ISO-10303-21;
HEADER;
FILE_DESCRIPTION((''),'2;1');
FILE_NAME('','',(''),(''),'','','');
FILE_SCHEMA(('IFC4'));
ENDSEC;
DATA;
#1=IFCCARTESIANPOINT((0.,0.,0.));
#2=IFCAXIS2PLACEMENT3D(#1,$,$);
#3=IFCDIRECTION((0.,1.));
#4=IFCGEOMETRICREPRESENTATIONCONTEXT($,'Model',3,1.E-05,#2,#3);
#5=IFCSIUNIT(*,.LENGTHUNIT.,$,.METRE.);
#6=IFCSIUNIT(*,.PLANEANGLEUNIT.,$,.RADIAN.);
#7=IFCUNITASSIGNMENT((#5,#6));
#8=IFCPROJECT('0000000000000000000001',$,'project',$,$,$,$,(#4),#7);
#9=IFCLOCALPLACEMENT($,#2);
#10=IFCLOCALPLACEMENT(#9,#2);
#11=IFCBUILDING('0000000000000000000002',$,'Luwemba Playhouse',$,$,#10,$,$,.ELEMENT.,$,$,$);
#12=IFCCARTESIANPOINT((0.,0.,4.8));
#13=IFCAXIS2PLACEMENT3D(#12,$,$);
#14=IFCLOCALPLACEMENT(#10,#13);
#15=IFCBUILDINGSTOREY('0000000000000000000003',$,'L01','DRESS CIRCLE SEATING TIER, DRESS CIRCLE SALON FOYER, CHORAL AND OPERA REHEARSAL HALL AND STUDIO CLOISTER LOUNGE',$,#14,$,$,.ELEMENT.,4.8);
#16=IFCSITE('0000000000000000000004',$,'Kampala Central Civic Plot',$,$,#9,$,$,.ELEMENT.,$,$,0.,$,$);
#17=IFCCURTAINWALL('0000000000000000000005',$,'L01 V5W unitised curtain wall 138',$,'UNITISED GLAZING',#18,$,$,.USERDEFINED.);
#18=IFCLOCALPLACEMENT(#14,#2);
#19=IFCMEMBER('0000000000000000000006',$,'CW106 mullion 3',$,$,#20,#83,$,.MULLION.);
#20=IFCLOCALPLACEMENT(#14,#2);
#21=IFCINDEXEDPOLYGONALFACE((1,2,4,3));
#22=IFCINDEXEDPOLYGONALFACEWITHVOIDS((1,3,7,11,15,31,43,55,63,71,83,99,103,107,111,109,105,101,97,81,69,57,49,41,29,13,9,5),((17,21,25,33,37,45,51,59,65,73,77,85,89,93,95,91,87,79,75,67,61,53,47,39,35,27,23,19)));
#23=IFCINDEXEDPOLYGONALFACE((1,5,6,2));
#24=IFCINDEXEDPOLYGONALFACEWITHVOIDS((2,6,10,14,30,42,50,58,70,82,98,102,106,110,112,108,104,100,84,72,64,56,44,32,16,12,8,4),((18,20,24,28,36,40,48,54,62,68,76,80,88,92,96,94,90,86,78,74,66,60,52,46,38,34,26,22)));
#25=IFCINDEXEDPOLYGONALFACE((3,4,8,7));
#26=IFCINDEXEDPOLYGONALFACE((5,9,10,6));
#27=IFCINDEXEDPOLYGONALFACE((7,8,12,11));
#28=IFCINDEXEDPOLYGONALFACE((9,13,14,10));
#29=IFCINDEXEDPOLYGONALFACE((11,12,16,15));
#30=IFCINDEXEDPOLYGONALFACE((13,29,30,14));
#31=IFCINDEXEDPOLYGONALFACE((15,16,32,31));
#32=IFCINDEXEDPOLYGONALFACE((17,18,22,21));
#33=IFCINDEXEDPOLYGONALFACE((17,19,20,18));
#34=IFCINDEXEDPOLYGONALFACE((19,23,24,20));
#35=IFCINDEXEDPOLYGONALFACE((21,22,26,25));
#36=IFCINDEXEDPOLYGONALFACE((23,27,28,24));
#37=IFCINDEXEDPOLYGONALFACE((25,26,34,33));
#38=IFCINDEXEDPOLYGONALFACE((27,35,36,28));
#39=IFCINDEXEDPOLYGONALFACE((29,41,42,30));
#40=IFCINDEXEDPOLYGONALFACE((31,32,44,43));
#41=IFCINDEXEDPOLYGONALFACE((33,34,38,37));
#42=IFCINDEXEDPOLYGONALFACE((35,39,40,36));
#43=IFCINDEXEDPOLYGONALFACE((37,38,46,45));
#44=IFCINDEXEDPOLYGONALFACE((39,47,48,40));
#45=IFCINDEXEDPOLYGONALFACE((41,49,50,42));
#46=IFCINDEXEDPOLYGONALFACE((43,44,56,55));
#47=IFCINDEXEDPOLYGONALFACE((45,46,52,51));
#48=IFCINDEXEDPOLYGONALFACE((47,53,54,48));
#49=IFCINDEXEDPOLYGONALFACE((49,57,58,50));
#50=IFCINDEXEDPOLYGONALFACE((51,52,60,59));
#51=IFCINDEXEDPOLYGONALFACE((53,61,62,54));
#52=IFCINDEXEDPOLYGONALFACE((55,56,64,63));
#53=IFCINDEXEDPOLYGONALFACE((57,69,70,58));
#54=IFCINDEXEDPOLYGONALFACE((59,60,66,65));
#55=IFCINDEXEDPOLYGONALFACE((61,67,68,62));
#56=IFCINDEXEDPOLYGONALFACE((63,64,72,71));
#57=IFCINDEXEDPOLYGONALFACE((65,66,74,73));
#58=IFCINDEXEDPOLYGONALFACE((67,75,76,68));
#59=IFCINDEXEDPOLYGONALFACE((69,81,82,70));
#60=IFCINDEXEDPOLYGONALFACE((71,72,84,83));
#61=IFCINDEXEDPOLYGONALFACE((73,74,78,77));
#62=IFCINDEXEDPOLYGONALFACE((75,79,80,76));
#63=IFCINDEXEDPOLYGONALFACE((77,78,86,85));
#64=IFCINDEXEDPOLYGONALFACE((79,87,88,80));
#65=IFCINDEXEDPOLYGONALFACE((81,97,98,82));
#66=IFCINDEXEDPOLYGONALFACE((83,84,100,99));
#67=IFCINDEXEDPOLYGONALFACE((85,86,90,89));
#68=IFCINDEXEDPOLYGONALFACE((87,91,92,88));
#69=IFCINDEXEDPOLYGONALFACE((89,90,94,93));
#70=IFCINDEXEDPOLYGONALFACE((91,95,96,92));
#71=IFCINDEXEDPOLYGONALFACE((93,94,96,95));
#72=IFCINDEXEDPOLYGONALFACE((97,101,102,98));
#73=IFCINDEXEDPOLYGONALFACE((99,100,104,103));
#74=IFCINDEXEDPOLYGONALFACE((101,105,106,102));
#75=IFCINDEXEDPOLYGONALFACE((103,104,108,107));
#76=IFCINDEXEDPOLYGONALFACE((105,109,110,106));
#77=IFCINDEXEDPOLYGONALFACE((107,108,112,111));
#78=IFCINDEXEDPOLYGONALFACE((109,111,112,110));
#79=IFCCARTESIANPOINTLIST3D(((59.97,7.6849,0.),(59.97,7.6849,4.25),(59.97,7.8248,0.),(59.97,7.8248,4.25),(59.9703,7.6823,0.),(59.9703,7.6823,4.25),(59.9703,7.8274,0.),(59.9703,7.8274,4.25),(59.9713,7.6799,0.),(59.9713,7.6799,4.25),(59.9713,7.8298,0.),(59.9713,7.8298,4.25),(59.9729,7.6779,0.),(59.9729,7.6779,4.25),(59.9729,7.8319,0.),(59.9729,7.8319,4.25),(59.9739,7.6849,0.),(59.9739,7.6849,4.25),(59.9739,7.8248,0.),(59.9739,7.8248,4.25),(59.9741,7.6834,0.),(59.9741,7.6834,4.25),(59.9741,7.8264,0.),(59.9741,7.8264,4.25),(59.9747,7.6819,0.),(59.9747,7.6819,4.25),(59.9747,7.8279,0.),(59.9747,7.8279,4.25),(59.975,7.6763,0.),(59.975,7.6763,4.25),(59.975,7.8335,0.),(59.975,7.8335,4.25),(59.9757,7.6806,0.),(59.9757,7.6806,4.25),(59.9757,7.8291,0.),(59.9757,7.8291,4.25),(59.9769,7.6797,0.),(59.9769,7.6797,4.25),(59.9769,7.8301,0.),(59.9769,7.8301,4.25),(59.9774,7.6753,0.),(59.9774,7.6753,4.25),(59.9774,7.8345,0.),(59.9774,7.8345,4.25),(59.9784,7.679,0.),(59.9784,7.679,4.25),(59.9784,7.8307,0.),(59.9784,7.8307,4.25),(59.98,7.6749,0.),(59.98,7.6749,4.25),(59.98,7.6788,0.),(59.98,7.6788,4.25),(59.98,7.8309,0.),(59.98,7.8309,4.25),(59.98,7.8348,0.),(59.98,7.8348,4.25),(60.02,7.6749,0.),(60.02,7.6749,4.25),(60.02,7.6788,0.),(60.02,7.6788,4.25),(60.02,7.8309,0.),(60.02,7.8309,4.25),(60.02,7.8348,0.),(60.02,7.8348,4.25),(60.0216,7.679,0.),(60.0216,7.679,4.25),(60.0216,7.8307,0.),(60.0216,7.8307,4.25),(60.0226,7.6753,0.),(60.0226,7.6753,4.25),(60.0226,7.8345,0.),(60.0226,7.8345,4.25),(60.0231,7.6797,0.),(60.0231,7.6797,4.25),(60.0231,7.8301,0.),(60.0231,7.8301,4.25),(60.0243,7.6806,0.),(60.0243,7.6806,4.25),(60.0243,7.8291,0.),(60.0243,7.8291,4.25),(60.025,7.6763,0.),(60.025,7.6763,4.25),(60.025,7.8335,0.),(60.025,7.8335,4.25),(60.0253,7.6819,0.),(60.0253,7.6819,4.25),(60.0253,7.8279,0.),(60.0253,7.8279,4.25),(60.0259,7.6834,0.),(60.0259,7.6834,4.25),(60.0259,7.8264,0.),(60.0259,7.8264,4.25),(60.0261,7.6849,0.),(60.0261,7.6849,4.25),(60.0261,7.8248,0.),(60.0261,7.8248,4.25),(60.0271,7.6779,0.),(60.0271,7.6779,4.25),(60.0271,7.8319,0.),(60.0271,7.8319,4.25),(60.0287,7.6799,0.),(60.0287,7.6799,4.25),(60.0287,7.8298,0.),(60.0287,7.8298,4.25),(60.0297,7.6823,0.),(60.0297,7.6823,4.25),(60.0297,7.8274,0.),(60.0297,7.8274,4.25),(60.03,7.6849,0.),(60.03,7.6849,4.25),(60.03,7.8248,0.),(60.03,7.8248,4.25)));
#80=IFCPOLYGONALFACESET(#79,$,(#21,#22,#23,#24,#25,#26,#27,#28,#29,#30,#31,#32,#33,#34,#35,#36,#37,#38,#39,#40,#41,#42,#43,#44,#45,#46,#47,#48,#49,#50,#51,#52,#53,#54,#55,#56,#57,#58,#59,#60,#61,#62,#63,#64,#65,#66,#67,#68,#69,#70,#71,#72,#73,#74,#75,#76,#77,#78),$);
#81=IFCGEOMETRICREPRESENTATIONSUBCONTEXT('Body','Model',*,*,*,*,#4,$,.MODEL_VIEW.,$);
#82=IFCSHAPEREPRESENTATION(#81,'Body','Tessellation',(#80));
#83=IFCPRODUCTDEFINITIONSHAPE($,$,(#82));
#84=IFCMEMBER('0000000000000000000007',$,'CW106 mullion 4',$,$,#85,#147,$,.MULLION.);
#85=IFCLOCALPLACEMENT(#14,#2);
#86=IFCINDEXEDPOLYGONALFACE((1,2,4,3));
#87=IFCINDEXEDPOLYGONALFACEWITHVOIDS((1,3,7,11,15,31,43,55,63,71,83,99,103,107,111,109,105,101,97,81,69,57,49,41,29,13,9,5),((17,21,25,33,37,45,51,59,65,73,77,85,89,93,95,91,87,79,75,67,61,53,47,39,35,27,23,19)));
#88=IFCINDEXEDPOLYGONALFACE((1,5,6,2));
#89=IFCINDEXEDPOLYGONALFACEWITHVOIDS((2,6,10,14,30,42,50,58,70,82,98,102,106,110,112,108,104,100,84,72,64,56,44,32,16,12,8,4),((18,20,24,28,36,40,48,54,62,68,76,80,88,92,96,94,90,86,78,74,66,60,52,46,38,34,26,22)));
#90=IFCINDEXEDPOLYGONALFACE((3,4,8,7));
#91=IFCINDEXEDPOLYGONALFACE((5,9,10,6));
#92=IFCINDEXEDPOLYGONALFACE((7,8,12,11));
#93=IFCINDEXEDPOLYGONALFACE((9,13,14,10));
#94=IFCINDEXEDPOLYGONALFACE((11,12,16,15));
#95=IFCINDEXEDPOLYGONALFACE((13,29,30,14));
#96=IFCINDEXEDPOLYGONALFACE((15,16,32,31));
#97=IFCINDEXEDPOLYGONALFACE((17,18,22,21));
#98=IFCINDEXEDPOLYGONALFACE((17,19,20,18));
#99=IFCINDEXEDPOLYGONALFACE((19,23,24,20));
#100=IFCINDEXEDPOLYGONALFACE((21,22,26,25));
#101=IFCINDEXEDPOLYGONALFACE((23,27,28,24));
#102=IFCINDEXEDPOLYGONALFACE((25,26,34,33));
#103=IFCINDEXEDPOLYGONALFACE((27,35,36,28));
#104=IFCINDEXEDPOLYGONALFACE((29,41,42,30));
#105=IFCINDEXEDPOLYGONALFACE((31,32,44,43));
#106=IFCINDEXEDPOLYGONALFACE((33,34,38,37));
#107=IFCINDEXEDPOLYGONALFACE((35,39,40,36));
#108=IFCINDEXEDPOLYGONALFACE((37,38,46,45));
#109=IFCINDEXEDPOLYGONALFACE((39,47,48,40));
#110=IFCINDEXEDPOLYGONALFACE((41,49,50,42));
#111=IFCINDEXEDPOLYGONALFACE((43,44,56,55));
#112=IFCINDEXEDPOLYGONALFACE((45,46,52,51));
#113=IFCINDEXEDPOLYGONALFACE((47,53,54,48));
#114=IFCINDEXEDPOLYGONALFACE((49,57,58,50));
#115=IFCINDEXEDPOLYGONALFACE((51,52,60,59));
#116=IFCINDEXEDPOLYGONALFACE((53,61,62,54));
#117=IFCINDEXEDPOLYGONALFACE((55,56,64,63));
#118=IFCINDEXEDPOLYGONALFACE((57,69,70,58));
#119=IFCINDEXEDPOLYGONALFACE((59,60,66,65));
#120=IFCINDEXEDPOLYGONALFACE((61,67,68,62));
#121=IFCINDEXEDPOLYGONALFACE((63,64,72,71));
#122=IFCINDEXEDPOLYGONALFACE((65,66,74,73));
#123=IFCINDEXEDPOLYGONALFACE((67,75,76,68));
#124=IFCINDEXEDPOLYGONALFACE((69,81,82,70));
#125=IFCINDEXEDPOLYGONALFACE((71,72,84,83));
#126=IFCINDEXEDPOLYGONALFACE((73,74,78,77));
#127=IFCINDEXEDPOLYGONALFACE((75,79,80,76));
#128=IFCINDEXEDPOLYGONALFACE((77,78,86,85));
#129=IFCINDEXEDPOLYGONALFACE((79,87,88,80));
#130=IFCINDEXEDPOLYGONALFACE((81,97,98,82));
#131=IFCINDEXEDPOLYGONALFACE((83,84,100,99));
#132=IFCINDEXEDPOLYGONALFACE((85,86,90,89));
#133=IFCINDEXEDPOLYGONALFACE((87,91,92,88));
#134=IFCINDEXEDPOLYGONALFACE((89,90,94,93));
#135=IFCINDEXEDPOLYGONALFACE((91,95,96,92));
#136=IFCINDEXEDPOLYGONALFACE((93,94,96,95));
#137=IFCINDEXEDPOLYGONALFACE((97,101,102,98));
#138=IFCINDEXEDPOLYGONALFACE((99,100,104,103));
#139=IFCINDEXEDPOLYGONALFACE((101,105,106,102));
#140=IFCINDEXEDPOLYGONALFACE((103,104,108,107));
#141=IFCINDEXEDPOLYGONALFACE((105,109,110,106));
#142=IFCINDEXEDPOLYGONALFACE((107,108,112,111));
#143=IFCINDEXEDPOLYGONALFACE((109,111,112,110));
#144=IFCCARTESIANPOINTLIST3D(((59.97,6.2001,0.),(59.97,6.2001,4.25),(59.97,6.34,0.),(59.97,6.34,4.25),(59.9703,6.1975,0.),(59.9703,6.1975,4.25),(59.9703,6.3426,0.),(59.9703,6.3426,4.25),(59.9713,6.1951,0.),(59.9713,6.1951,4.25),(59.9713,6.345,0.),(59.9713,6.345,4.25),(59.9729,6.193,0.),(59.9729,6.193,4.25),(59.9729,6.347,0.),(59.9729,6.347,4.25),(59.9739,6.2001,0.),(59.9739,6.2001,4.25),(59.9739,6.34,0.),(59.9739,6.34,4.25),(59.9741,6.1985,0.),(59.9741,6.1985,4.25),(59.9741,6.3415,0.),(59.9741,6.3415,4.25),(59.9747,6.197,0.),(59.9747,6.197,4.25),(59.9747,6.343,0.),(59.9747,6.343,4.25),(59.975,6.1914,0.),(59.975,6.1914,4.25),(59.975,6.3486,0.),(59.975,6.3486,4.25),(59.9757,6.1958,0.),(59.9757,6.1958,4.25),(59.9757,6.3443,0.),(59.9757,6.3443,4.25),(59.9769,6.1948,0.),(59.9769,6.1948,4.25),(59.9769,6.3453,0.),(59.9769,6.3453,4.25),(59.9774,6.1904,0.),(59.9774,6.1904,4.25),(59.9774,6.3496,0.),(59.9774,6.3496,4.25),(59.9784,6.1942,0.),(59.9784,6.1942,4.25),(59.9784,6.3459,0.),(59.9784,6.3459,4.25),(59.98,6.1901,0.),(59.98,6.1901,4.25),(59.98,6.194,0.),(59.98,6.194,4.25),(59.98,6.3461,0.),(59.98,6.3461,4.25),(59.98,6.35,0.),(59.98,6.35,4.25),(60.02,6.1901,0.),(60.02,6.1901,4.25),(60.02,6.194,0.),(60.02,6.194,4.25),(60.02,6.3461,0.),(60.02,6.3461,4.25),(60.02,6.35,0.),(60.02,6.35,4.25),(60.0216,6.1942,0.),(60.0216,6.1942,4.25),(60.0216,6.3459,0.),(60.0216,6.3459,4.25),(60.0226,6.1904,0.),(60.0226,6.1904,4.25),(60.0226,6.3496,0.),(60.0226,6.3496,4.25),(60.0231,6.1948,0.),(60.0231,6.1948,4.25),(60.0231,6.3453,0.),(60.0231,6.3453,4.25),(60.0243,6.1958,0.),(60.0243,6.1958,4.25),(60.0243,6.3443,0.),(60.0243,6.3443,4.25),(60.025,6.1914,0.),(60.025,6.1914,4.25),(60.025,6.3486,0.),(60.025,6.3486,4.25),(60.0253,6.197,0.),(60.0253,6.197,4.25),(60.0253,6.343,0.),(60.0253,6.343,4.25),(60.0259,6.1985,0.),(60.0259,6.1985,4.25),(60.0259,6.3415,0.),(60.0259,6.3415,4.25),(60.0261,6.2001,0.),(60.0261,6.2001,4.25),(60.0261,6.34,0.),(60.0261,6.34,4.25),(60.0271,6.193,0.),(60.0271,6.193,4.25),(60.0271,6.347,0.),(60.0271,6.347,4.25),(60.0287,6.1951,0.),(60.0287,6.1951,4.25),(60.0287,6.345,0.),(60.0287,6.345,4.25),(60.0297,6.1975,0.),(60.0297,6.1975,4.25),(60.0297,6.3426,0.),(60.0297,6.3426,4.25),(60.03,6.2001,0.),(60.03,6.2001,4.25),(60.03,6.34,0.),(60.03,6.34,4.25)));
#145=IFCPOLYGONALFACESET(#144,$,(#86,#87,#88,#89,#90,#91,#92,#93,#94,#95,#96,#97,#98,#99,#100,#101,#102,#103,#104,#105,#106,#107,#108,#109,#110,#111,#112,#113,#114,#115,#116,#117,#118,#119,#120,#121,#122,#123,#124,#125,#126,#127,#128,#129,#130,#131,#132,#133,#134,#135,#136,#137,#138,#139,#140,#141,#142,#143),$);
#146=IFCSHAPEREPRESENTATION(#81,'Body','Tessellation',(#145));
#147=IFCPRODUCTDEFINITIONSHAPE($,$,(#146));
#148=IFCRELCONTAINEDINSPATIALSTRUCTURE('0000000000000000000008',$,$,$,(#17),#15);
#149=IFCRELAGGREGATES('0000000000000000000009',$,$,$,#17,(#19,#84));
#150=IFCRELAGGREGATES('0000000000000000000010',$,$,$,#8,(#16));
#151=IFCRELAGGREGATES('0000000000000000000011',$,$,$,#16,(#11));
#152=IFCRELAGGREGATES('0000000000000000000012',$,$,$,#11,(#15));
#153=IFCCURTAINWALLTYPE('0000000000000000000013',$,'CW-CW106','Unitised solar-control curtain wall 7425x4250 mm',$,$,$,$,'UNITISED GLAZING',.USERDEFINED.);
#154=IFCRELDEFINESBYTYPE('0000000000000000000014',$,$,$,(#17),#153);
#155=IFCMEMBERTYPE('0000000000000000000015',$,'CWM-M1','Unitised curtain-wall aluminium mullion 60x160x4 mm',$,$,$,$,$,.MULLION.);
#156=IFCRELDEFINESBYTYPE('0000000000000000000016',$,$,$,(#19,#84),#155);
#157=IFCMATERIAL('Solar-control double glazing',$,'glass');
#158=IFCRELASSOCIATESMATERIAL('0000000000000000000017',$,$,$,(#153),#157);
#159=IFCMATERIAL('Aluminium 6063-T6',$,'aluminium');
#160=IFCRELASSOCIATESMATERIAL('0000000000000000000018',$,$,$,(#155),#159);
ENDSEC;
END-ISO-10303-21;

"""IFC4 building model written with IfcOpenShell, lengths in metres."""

from ifc_helpers import new_model, si_unit, direction, frame, origin, origin_2d, place, context, subcontext, project, spatial, hollow_rectangle, extrude, material, material_profile, profile_set, type_object, element, aggregate, save


model = new_model("IFC4")

# Units and contexts
model_context = context("Model", 3, precision=1e-05, world=origin(), true_north=direction((0.0, 1.0)))
body_context = subcontext(model_context, "Body", "Model", "MODEL_VIEW")
ifc_project = project(units=[si_unit("LENGTHUNIT", "METRE"), si_unit("PLANEANGLEUNIT", "RADIAN")], contexts=[model_context])

# Site, building, storey
site_placement = place(None, origin())
site = spatial("IfcSite", under=ifc_project, at=site_placement, Name="Kampala Central Civic Plot", CompositionType="ELEMENT", RefElevation=0.0)
building_placement = place(site_placement, origin())
building = spatial("IfcBuilding", under=site, at=building_placement, Name="Luwemba Playhouse", CompositionType="ELEMENT")
storey_placement = place(building_placement, frame((0.0, 0.0, 4.8)))
storey = spatial("IfcBuildingStorey", under=building, at=storey_placement, Name="L01", Description="DRESS CIRCLE SEATING TIER, DRESS CIRCLE SALON FOYER, CHORAL AND OPERA REHEARSAL HALL AND STUDIO CLOISTER LOUNGE", CompositionType="ELEMENT", Elevation=4.8)

# Curtain wall, members
ifc_material_1 = material(Name="Solar-control double glazing", Category="glass")
curtain_wall_type = type_object("IfcCurtainWallType", Name="CW-CW106", Description="Unitised solar-control curtain wall 7425x4250 mm", ElementType="UNITISED GLAZING", PredefinedType="USERDEFINED", material=ifc_material_1)
curtain_wall_placement = place(storey_placement, origin())
curtain_wall = element("IfcCurtainWall", 1, at=curtain_wall_placement, inside=storey, type_object=curtain_wall_type, Name="L01 V5W unitised curtain wall 138", ObjectType="UNITISED GLAZING", PredefinedType="USERDEFINED")
ifc_material_2 = material(Name="Aluminium 6063-T6", Category="aluminium")
ifc_material_profile_1 = material_profile(ifc_material_2, hollow_rectangle(XDim=0.0601, YDim=0.1599, WallThickness=0.0039, InnerFilletRadius=0.0061, OuterFilletRadius=0.01, at=origin_2d()))
ifc_profile_set_1 = profile_set([ifc_material_profile_1], Name="Aluminium 6063-T6")
member_type_1 = type_object("IfcMemberType", Name="CWM-M1", Description="Unitised curtain-wall aluminium mullion 60x160x4 mm", PredefinedType="MULLION", material=ifc_profile_set_1)
member_1_placement = place(storey_placement, frame((60.0, 7.7549, 0.0), z_axis=(0.0, 0.0, 1.0), x_axis=(1.0, 0.0, 0.0)))
member_1 = element("IfcMember", 2, at=member_1_placement, type_object=member_type_1, Name="CW106 mullion 3", PredefinedType="MULLION", context=body_context, shape_type="SweptSolid", body=[
    extrude(hollow_rectangle(XDim=0.0601, YDim=0.1599, WallThickness=0.0039, InnerFilletRadius=0.0061, OuterFilletRadius=0.01, at=origin_2d()), origin(), (0.0, 0.0, 1.0), 4.25),
])
member_2_placement = place(storey_placement, frame((60.0, 6.27, 0.0), z_axis=(0.0, 0.0, 1.0), x_axis=(1.0, 0.0, 0.0)))
member_2 = element("IfcMember", 3, at=member_2_placement, type_object=member_type_1, Name="CW106 mullion 4", PredefinedType="MULLION", context=body_context, shape_type="SweptSolid", body=[
    extrude(hollow_rectangle(XDim=0.0601, YDim=0.1599, WallThickness=0.0039, InnerFilletRadius=0.0061, OuterFilletRadius=0.01, at=origin_2d()), origin(), (0.0, 0.0, 1.0), 4.25),
])
aggregate(curtain_wall, [member_1, member_2])

save(model, "model.ifc")
